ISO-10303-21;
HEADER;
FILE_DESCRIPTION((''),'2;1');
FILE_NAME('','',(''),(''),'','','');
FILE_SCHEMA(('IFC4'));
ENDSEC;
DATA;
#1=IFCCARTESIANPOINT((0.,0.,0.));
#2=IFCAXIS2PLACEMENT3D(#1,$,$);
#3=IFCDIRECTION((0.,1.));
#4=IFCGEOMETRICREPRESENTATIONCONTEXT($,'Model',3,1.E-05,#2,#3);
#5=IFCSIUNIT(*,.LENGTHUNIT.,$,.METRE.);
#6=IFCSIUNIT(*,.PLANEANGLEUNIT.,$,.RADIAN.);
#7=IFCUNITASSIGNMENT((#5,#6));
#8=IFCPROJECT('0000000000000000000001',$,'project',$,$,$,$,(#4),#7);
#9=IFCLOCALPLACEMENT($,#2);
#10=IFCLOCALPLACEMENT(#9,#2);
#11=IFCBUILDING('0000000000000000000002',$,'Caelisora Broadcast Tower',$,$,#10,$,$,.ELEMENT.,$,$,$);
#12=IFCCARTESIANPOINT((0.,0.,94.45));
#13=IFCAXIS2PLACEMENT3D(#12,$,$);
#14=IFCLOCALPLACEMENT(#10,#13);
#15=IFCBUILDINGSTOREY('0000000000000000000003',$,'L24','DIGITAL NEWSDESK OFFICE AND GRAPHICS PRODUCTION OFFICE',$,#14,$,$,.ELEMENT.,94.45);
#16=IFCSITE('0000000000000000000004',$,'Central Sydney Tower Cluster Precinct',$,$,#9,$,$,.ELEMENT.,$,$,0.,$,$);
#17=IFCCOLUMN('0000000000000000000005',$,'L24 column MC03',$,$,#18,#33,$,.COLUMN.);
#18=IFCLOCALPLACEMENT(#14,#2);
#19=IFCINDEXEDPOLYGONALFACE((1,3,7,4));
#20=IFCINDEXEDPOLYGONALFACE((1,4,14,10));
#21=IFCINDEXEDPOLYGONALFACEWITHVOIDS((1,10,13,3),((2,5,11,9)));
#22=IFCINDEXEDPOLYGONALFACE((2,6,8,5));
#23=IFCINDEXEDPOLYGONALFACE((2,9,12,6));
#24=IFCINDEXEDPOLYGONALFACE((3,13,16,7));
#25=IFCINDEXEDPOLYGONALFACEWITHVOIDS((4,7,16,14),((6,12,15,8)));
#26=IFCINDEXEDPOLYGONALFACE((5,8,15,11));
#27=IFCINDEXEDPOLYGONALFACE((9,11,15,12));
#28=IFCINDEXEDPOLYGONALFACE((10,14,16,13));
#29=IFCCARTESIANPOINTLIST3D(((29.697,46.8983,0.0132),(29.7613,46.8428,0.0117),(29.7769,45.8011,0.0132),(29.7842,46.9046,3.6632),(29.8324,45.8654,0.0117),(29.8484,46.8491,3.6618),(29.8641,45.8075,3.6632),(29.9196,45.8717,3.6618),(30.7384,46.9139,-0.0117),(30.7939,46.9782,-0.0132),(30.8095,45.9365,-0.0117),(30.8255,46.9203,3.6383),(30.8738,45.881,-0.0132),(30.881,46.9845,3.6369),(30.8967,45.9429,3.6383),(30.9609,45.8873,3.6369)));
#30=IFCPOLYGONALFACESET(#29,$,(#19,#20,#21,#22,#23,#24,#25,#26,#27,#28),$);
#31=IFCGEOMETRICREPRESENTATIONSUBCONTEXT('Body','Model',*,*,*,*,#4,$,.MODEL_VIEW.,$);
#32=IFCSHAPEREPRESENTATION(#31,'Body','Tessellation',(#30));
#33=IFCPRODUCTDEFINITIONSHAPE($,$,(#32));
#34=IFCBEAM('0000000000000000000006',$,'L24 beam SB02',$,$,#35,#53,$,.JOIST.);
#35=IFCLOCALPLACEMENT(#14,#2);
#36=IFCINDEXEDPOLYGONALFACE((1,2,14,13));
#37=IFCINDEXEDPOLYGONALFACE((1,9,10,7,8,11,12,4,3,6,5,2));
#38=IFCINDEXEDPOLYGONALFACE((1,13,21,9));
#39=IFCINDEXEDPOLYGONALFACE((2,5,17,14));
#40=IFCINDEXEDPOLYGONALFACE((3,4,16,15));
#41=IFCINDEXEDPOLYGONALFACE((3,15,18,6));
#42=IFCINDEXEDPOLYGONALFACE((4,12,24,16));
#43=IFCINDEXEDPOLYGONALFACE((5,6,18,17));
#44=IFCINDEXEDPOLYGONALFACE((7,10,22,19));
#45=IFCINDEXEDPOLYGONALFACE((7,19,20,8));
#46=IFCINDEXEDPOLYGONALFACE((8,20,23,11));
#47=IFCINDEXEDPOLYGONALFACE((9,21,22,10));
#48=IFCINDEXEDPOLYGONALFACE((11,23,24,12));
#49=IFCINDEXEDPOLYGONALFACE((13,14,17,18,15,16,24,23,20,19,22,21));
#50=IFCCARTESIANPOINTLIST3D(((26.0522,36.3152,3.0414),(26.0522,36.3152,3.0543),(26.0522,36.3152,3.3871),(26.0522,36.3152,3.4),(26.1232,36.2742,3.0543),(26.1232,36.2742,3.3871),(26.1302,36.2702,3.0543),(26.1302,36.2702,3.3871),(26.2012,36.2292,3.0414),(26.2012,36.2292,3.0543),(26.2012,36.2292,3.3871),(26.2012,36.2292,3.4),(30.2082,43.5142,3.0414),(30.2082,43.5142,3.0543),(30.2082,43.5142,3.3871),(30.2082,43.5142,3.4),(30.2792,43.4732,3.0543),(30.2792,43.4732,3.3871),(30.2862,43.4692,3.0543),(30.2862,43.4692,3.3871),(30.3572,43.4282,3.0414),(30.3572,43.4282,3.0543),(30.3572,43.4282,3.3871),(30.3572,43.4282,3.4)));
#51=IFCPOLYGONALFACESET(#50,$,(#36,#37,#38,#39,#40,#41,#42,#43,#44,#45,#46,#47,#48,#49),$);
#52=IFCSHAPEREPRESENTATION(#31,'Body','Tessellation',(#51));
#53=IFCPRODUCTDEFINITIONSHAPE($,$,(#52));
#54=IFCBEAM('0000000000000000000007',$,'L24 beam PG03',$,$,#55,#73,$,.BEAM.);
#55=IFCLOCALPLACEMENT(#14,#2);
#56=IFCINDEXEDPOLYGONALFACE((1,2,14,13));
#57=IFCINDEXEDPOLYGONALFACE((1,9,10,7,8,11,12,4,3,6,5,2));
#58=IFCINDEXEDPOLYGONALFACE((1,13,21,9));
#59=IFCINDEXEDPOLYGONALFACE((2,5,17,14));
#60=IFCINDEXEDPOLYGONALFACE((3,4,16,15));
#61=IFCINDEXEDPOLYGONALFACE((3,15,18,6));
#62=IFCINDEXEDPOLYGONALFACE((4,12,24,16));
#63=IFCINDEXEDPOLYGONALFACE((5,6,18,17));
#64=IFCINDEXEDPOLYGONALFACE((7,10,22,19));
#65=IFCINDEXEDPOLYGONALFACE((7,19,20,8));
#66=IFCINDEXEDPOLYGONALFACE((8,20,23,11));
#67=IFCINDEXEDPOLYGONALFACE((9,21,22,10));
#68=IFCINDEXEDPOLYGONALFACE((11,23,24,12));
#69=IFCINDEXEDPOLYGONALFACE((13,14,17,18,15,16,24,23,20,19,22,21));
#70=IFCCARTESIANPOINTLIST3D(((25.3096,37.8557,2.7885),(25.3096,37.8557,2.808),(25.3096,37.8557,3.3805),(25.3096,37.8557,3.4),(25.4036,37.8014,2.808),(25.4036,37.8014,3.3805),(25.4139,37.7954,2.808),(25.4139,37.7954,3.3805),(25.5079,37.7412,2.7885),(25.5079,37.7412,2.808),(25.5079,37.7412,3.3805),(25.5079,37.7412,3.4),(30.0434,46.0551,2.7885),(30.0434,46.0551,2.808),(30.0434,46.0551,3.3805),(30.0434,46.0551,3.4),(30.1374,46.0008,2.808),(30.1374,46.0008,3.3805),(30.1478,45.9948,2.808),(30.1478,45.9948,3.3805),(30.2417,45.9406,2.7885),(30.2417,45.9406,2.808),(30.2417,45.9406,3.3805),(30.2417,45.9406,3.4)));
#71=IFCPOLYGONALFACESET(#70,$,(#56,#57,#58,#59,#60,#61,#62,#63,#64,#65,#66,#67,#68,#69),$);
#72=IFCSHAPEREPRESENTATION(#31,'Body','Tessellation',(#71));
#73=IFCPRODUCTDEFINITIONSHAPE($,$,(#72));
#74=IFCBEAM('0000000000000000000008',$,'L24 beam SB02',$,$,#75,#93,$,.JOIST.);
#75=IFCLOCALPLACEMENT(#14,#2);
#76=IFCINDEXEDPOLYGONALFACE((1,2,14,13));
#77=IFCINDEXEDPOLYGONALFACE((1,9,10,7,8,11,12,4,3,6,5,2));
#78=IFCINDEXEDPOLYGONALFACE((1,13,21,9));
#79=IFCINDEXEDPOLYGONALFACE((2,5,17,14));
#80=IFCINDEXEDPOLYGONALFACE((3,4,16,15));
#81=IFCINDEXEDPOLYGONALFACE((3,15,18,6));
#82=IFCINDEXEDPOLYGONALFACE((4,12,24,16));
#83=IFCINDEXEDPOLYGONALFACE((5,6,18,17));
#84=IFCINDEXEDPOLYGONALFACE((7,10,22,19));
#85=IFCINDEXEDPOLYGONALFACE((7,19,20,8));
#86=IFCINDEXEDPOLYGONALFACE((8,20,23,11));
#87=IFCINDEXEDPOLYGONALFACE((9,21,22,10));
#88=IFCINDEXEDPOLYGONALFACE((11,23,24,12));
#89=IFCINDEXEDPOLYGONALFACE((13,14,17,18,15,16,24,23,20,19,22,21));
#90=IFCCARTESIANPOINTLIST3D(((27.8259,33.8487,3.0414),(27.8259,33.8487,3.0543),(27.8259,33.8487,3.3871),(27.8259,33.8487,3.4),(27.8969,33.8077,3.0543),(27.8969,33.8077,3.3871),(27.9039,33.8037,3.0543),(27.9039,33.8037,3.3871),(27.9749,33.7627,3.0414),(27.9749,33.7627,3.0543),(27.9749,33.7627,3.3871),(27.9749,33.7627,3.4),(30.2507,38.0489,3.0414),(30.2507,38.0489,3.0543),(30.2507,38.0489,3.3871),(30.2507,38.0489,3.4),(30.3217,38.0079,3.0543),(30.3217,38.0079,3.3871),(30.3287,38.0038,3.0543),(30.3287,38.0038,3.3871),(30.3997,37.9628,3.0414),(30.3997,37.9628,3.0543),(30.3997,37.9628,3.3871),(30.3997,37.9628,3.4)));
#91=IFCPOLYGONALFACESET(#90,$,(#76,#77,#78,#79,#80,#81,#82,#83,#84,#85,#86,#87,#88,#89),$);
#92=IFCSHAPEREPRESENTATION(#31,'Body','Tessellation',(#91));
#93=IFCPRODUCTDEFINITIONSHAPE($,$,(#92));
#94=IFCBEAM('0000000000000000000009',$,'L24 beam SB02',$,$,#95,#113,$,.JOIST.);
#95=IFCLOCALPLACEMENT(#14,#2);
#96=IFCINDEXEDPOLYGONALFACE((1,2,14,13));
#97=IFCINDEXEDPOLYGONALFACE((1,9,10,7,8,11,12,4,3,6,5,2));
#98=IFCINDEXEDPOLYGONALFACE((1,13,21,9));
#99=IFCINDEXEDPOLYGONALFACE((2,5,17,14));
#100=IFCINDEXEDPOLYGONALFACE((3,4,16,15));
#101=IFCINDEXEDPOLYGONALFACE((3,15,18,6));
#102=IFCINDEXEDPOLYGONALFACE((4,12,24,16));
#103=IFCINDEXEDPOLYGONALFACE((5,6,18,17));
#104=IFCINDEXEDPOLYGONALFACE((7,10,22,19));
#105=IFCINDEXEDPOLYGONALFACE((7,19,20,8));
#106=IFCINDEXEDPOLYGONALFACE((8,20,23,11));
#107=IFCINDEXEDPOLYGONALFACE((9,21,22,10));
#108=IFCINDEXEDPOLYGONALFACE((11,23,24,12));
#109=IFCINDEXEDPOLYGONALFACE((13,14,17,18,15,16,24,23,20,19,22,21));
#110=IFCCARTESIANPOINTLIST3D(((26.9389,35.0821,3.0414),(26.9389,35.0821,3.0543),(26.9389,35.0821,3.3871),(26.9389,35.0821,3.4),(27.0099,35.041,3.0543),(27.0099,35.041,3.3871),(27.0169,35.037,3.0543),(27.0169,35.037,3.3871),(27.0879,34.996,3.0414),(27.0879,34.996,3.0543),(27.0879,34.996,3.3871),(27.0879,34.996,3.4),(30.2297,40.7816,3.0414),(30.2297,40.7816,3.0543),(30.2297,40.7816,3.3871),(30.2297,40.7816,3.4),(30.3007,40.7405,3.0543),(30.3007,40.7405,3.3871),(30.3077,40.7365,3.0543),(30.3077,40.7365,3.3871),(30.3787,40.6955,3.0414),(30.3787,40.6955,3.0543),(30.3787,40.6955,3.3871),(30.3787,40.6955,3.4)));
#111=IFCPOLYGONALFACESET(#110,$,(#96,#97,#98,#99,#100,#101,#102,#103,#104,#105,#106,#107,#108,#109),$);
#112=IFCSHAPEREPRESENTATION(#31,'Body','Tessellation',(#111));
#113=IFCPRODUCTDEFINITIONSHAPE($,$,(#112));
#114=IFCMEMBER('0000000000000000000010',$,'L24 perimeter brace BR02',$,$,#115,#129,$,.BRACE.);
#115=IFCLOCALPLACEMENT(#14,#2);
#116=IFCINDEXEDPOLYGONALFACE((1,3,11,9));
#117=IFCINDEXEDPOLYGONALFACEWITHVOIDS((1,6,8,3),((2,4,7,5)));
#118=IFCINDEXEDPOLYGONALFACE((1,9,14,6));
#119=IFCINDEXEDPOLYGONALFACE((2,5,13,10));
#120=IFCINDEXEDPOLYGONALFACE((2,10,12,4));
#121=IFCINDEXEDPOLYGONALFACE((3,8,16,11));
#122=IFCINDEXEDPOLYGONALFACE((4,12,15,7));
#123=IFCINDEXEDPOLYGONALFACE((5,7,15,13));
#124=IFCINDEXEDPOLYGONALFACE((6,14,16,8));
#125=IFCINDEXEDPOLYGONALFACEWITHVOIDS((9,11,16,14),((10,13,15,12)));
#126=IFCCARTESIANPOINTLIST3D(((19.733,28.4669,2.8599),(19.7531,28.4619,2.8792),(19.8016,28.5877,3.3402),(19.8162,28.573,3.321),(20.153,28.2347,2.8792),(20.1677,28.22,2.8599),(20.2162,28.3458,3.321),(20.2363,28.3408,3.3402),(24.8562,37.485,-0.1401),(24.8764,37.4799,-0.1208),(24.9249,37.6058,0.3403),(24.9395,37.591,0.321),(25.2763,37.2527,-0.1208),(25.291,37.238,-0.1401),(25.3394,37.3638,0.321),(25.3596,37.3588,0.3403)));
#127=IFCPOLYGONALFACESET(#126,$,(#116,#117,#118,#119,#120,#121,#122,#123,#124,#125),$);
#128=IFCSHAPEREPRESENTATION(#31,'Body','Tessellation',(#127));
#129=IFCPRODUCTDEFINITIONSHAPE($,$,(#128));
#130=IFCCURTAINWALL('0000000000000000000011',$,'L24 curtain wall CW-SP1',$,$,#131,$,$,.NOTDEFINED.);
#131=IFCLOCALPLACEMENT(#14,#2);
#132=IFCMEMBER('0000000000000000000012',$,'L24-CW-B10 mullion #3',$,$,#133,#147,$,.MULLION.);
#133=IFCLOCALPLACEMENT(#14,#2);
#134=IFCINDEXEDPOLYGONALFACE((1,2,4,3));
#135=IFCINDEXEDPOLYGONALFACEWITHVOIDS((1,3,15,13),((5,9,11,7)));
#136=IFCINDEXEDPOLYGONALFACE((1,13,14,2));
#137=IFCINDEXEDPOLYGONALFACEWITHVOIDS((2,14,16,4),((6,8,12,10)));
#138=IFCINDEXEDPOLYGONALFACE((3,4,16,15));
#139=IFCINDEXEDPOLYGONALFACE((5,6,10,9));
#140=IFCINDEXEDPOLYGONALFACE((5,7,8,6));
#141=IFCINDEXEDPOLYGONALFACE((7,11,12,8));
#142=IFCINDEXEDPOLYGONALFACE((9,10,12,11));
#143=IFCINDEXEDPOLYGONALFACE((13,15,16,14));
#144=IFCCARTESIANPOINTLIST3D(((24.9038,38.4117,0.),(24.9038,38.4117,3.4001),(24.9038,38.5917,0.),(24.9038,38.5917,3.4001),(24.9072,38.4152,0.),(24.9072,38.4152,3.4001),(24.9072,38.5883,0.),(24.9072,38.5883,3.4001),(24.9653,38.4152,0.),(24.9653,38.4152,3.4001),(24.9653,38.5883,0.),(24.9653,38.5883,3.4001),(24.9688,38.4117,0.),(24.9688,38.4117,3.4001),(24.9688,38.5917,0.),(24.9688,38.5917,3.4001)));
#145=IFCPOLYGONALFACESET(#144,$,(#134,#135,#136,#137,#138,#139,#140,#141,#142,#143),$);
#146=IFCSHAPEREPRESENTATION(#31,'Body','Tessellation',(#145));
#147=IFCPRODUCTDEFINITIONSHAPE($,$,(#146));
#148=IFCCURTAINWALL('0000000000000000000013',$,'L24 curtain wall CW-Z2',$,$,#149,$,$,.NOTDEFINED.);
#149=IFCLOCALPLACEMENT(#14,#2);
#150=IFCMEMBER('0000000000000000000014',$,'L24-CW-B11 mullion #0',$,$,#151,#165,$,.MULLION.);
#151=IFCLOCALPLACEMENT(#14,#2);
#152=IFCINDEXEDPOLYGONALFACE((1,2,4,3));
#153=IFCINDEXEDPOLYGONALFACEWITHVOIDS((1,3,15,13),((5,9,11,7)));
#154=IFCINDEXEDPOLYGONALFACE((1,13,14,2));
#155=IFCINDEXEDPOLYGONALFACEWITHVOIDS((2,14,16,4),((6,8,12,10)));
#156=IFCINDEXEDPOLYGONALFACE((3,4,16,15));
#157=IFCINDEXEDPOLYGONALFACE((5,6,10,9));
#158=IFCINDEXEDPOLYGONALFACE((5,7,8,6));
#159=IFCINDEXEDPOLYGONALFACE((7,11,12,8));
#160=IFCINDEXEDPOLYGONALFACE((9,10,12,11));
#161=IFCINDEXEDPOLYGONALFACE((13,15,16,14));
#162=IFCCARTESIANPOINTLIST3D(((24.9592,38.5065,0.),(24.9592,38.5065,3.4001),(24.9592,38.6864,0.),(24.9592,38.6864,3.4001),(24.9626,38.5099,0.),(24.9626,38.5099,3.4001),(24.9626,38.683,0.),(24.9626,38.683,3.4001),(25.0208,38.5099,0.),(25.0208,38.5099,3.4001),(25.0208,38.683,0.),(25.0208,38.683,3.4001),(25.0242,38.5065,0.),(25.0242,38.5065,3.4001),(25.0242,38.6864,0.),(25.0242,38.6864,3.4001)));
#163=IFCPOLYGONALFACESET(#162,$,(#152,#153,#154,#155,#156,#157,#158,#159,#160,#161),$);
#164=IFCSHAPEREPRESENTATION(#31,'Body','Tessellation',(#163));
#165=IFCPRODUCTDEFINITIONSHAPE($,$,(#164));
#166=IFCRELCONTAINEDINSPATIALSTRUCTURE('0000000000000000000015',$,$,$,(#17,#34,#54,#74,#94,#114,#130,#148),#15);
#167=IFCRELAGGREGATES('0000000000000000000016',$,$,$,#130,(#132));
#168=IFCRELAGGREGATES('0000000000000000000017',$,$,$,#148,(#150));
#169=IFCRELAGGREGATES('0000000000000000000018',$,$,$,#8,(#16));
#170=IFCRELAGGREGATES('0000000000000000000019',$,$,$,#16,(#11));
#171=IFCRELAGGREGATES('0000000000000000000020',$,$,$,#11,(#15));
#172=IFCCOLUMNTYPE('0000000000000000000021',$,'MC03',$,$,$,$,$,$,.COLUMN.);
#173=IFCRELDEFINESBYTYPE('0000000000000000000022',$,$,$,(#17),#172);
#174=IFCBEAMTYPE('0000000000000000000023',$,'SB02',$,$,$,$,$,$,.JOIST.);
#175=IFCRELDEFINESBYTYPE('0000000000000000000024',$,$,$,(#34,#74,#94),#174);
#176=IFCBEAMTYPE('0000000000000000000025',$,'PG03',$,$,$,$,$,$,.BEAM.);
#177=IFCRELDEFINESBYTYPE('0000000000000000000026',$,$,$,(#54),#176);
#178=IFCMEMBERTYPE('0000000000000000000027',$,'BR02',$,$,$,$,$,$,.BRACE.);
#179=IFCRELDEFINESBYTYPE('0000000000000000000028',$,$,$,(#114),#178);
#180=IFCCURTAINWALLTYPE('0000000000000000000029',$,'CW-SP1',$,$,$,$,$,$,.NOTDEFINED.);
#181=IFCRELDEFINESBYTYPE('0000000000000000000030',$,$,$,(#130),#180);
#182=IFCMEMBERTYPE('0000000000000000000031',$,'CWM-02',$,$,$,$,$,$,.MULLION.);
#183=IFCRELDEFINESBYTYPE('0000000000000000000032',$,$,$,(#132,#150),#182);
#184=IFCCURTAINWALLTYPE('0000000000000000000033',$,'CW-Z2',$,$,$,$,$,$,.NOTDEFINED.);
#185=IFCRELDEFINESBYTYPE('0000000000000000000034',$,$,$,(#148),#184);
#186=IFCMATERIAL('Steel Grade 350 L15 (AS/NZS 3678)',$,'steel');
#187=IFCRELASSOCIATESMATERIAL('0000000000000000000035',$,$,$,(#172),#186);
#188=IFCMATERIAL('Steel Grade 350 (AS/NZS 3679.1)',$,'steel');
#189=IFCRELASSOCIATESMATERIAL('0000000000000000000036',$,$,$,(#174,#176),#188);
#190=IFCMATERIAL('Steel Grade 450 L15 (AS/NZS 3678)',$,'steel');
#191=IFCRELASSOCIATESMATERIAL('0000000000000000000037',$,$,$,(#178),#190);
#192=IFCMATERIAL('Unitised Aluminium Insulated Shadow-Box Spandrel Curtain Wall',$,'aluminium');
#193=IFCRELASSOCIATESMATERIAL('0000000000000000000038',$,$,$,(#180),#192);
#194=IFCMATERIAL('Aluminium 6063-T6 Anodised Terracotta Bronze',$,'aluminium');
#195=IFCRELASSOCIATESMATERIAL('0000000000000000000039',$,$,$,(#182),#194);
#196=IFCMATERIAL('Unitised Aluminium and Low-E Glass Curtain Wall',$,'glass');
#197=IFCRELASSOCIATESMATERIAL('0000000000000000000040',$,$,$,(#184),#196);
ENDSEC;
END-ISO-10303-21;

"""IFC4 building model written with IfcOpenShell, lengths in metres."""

from ifc_helpers import new_model, si_unit, direction, frame, origin, origin_2d, place, context, subcontext, project, spatial, hollow_rectangle, i_section, extrude, source, transform, mapped, material, material_profile, profile_set, type_object, type_shapes, element, aggregate, save


model = new_model("IFC4")

# Units and contexts
model_context = context("Model", 3, precision=1e-05, world=origin(), true_north=direction((0.0, 1.0)))
body_context = subcontext(model_context, "Body", "Model", "MODEL_VIEW")
ifc_project = project(units=[si_unit("LENGTHUNIT", "METRE"), si_unit("PLANEANGLEUNIT", "RADIAN")], contexts=[model_context])

# Site, building, storey
site_placement = place(None, origin())
site = spatial("IfcSite", under=ifc_project, at=site_placement, Name="Central Sydney Tower Cluster Precinct", CompositionType="ELEMENT", RefElevation=0.0)
building_placement = place(site_placement, origin())
building = spatial("IfcBuilding", under=site, at=building_placement, Name="Caelisora Broadcast Tower", CompositionType="ELEMENT")
storey_placement = place(building_placement, frame((0.0, 0.0, 94.45)))
storey = spatial("IfcBuildingStorey", under=building, at=storey_placement, Name="L24", Description="DIGITAL NEWSDESK OFFICE AND GRAPHICS PRODUCTION OFFICE", CompositionType="ELEMENT", Elevation=94.45)

# Column
ifc_material_1 = material(Name="Steel Grade 350 L15 (AS/NZS 3678)", Category="steel")
ifc_material_profile_1 = material_profile(ifc_material_1, hollow_rectangle(XDim=1.1001, YDim=1.1001, WallThickness=0.0601, at=origin_2d()), Name="Steel Grade 350 L15 (AS/NZS 3678)")
ifc_profile_set_1 = profile_set([ifc_material_profile_1], Name="Steel Grade 350 L15 (AS/NZS 3678)")
column_type = type_object("IfcColumnType", Name="MC03", PredefinedType="COLUMN", material=ifc_profile_set_1)
shared_shape_1 = source(origin(), body_context, "Body", "SweptSolid", [
    extrude(hollow_rectangle(XDim=1.1001, YDim=1.1001, WallThickness=0.0601, at=origin_2d()), origin(), (0.0, 0.0, 1.0), 3.6511),
])
type_shapes(column_type, [shared_shape_1])
column_placement = place(storey_placement, frame((30.2854, 46.3896, 0.0), z_axis=(0.023871, 0.001739, 0.999714), x_axis=(-0.072637, 0.997358, 0.0)))
element("IfcColumn", 1, at=column_placement, inside=storey, type_object=column_type, Name="L24 column MC03", PredefinedType="COLUMN", context=body_context, shape_type="MappedRepresentation", body=[
    mapped(shared_shape_1, transform((0.0, 0.0, 0.0), scale=1.0)),
])

# Beams
ifc_material_2 = material(Name="Steel Grade 350 (AS/NZS 3679.1)", Category="steel")
ifc_material_profile_2 = material_profile(ifc_material_2, i_section(OverallWidth=0.1721, OverallDepth=0.3586, WebThickness=0.0081, FlangeThickness=0.0129, at=origin_2d()), Name="Steel Grade 350 (AS/NZS 3679.1)")
ifc_profile_set_2 = profile_set([ifc_material_profile_2], Name="Steel Grade 350 (AS/NZS 3679.1)")
beam_type_1 = type_object("IfcBeamType", Name="SB02", PredefinedType="JOIST", material=ifc_profile_set_2)
shared_shape_2 = source(origin(), body_context, "Body", "SweptSolid", [
    extrude(i_section(OverallWidth=0.1721, OverallDepth=0.3586, WebThickness=0.0081, FlangeThickness=0.0129, at=origin_2d()), origin(), (0.0, 0.0, 1.0), 8.3125),
])
beam_1_placement = place(storey_placement, frame((30.2827, 43.4712, 3.2207), z_axis=(-0.499971, -0.866042, 0.0), x_axis=(0.866042, -0.499971, 0.0)))
element("IfcBeam", 2, at=beam_1_placement, inside=storey, type_object=beam_type_1, Name="L24 beam SB02", PredefinedType="JOIST", context=body_context, shape_type="MappedRepresentation", body=[
    mapped(shared_shape_2, transform((0.0, 0.0, 0.0), scale=1.0)),
])
ifc_material_profile_3 = material_profile(ifc_material_2, i_section(OverallWidth=0.229, OverallDepth=0.6116, WebThickness=0.012, FlangeThickness=0.0195, at=origin_2d()), Name="Steel Grade 350 (AS/NZS 3679.1)")
ifc_profile_set_3 = profile_set([ifc_material_profile_3], Name="Steel Grade 350 (AS/NZS 3679.1)")
beam_type_2 = type_object("IfcBeamType", Name="PG03", PredefinedType="BEAM", material=ifc_profile_set_3)
shared_shape_3 = source(origin(), body_context, "Body", "SweptSolid", [
    extrude(i_section(OverallWidth=0.229, OverallDepth=0.6116, WebThickness=0.012, FlangeThickness=0.0195, at=origin_2d()), origin(), (0.0, 0.0, 1.0), 9.4678),
])
type_shapes(beam_type_2, [shared_shape_3])
beam_2_placement = place(storey_placement, frame((30.1426, 45.9978, 3.0942), z_axis=(-0.499994, -0.866029, 0.0), x_axis=(0.866029, -0.499994, 0.0)))
element("IfcBeam", 3, at=beam_2_placement, inside=storey, type_object=beam_type_2, Name="L24 beam PG03", PredefinedType="BEAM", context=body_context, shape_type="MappedRepresentation", body=[
    mapped(shared_shape_3, transform((0.0, 0.0, 0.0), scale=1.0)),
])
shared_shape_4 = source(origin(), body_context, "Body", "SweptSolid", [
    extrude(i_section(OverallWidth=0.1721, OverallDepth=0.3586, WebThickness=0.0081, FlangeThickness=0.0129, at=origin_2d()), origin(), (0.0, 0.0, 1.0), 4.8499),
])
beam_3_placement = place(storey_placement, frame((30.3252, 38.0059, 3.2207), z_axis=(-0.499972, -0.866041, 0.0), x_axis=(0.866041, -0.499972, 0.0)))
element("IfcBeam", 4, at=beam_3_placement, inside=storey, type_object=beam_type_1, Name="L24 beam SB02", PredefinedType="JOIST", context=body_context, shape_type="MappedRepresentation", body=[
    mapped(shared_shape_4, transform((0.0, 0.0, 0.0), scale=1.0)),
])
shared_shape_5 = source(origin(), body_context, "Body", "SweptSolid", [
    extrude(i_section(OverallWidth=0.1721, OverallDepth=0.3586, WebThickness=0.0081, FlangeThickness=0.0129, at=origin_2d()), origin(), (0.0, 0.0, 1.0), 6.5813),
])
type_shapes(beam_type_1, [shared_shape_2, shared_shape_4, shared_shape_5])
beam_4_placement = place(storey_placement, frame((30.3042, 40.7385, 3.2207), z_axis=(-0.500021, -0.866013, 0.0), x_axis=(0.866013, -0.500021, 0.0)))
element("IfcBeam", 5, at=beam_4_placement, inside=storey, type_object=beam_type_1, Name="L24 beam SB02", PredefinedType="JOIST", context=body_context, shape_type="MappedRepresentation", body=[
    mapped(shared_shape_5, transform((0.0, 0.0, 0.0), scale=1.0)),
])

# Member
ifc_material_3 = material(Name="Steel Grade 450 L15 (AS/NZS 3678)", Category="steel")
ifc_material_profile_4 = material_profile(ifc_material_3, hollow_rectangle(XDim=0.5, YDim=0.5, WallThickness=0.02, at=origin_2d()), Name="Steel Grade 450 L15 (AS/NZS 3678)")
ifc_profile_set_4 = profile_set([ifc_material_profile_4], Name="Steel Grade 450 L15 (AS/NZS 3678)")
member_type_1 = type_object("IfcMemberType", Name="BR02", PredefinedType="BRACE", material=ifc_profile_set_4)
shared_shape_6 = source(origin(), body_context, "Body", "SweptSolid", [
    extrude(hollow_rectangle(XDim=0.5, YDim=0.5, WallThickness=0.02, at=origin_2d()), origin(), (0.0, 0.0, 1.0), 10.7969),
])
type_shapes(member_type_1, [shared_shape_6])
member_1_placement = place(storey_placement, frame((25.1079, 37.4219, 0.1001), z_axis=(-0.474514, -0.835244, 0.277857), x_axis=(0.869482, -0.493965, 0.0)))
element("IfcMember", 6, at=member_1_placement, inside=storey, type_object=member_type_1, Name="L24 perimeter brace BR02", PredefinedType="BRACE", context=body_context, shape_type="MappedRepresentation", body=[
    mapped(shared_shape_6, transform((0.0, 0.0, 0.0), scale=1.0)),
])

# Curtain wall, member
ifc_material_4 = material(Name="Unitised Aluminium Insulated Shadow-Box Spandrel Curtain Wall", Category="aluminium")
curtain_wall_type_1 = type_object("IfcCurtainWallType", Name="CW-SP1", PredefinedType="NOTDEFINED", material=ifc_material_4)
curtain_wall_1_placement = place(storey_placement, origin())
curtain_wall_1 = element("IfcCurtainWall", 7, at=curtain_wall_1_placement, inside=storey, type_object=curtain_wall_type_1, Name="L24 curtain wall CW-SP1", PredefinedType="NOTDEFINED")
ifc_material_5 = material(Name="Aluminium 6063-T6 Anodised Terracotta Bronze", Category="aluminium")
ifc_material_profile_5 = material_profile(ifc_material_5, hollow_rectangle(XDim=0.0649, YDim=0.1799, WallThickness=0.0034, at=origin_2d()), Name="Aluminium 6063-T6 Anodised Terracotta Bronze")
ifc_profile_set_5 = profile_set([ifc_material_profile_5], Name="Aluminium 6063-T6 Anodised Terracotta Bronze")
member_type_2 = type_object("IfcMemberType", Name="CWM-02", PredefinedType="MULLION", material=ifc_profile_set_5)
shared_shape_7 = source(origin(), body_context, "Body", "SweptSolid", [
    extrude(hollow_rectangle(XDim=0.0649, YDim=0.1799, WallThickness=0.0034, at=origin_2d()), origin(), (0.0, 0.0, 1.0), 3.4001),
])
type_shapes(member_type_2, [shared_shape_7])
member_2_placement = place(storey_placement, frame((24.9363, 38.5017, 0.0), z_axis=(0.0, 0.0, 1.0), x_axis=(1.0, 0.0, 0.0)))
member_2 = element("IfcMember", 8, at=member_2_placement, type_object=member_type_2, Name="L24-CW-B10 mullion #3", PredefinedType="MULLION", context=body_context, shape_type="MappedRepresentation", body=[
    mapped(shared_shape_7, transform((0.0, 0.0, 0.0), scale=1.0)),
])
aggregate(curtain_wall_1, [member_2])

# Curtain wall, member
ifc_material_6 = material(Name="Unitised Aluminium and Low-E Glass Curtain Wall", Category="glass")
curtain_wall_type_2 = type_object("IfcCurtainWallType", Name="CW-Z2", PredefinedType="NOTDEFINED", material=ifc_material_6)
curtain_wall_2_placement = place(storey_placement, origin())
curtain_wall_2 = element("IfcCurtainWall", 9, at=curtain_wall_2_placement, inside=storey, type_object=curtain_wall_type_2, Name="L24 curtain wall CW-Z2", PredefinedType="NOTDEFINED")
member_3_placement = place(storey_placement, frame((24.9917, 38.5964, 0.0), z_axis=(0.0, 0.0, 1.0), x_axis=(1.0, 0.0, 0.0)))
member_3 = element("IfcMember", 10, at=member_3_placement, type_object=member_type_2, Name="L24-CW-B11 mullion #0", PredefinedType="MULLION", context=body_context, shape_type="MappedRepresentation", body=[
    mapped(shared_shape_7, transform((0.0, 0.0, 0.0), scale=1.0)),
])

aggregate(curtain_wall_2, [member_3])

save(model, "model.ifc")
